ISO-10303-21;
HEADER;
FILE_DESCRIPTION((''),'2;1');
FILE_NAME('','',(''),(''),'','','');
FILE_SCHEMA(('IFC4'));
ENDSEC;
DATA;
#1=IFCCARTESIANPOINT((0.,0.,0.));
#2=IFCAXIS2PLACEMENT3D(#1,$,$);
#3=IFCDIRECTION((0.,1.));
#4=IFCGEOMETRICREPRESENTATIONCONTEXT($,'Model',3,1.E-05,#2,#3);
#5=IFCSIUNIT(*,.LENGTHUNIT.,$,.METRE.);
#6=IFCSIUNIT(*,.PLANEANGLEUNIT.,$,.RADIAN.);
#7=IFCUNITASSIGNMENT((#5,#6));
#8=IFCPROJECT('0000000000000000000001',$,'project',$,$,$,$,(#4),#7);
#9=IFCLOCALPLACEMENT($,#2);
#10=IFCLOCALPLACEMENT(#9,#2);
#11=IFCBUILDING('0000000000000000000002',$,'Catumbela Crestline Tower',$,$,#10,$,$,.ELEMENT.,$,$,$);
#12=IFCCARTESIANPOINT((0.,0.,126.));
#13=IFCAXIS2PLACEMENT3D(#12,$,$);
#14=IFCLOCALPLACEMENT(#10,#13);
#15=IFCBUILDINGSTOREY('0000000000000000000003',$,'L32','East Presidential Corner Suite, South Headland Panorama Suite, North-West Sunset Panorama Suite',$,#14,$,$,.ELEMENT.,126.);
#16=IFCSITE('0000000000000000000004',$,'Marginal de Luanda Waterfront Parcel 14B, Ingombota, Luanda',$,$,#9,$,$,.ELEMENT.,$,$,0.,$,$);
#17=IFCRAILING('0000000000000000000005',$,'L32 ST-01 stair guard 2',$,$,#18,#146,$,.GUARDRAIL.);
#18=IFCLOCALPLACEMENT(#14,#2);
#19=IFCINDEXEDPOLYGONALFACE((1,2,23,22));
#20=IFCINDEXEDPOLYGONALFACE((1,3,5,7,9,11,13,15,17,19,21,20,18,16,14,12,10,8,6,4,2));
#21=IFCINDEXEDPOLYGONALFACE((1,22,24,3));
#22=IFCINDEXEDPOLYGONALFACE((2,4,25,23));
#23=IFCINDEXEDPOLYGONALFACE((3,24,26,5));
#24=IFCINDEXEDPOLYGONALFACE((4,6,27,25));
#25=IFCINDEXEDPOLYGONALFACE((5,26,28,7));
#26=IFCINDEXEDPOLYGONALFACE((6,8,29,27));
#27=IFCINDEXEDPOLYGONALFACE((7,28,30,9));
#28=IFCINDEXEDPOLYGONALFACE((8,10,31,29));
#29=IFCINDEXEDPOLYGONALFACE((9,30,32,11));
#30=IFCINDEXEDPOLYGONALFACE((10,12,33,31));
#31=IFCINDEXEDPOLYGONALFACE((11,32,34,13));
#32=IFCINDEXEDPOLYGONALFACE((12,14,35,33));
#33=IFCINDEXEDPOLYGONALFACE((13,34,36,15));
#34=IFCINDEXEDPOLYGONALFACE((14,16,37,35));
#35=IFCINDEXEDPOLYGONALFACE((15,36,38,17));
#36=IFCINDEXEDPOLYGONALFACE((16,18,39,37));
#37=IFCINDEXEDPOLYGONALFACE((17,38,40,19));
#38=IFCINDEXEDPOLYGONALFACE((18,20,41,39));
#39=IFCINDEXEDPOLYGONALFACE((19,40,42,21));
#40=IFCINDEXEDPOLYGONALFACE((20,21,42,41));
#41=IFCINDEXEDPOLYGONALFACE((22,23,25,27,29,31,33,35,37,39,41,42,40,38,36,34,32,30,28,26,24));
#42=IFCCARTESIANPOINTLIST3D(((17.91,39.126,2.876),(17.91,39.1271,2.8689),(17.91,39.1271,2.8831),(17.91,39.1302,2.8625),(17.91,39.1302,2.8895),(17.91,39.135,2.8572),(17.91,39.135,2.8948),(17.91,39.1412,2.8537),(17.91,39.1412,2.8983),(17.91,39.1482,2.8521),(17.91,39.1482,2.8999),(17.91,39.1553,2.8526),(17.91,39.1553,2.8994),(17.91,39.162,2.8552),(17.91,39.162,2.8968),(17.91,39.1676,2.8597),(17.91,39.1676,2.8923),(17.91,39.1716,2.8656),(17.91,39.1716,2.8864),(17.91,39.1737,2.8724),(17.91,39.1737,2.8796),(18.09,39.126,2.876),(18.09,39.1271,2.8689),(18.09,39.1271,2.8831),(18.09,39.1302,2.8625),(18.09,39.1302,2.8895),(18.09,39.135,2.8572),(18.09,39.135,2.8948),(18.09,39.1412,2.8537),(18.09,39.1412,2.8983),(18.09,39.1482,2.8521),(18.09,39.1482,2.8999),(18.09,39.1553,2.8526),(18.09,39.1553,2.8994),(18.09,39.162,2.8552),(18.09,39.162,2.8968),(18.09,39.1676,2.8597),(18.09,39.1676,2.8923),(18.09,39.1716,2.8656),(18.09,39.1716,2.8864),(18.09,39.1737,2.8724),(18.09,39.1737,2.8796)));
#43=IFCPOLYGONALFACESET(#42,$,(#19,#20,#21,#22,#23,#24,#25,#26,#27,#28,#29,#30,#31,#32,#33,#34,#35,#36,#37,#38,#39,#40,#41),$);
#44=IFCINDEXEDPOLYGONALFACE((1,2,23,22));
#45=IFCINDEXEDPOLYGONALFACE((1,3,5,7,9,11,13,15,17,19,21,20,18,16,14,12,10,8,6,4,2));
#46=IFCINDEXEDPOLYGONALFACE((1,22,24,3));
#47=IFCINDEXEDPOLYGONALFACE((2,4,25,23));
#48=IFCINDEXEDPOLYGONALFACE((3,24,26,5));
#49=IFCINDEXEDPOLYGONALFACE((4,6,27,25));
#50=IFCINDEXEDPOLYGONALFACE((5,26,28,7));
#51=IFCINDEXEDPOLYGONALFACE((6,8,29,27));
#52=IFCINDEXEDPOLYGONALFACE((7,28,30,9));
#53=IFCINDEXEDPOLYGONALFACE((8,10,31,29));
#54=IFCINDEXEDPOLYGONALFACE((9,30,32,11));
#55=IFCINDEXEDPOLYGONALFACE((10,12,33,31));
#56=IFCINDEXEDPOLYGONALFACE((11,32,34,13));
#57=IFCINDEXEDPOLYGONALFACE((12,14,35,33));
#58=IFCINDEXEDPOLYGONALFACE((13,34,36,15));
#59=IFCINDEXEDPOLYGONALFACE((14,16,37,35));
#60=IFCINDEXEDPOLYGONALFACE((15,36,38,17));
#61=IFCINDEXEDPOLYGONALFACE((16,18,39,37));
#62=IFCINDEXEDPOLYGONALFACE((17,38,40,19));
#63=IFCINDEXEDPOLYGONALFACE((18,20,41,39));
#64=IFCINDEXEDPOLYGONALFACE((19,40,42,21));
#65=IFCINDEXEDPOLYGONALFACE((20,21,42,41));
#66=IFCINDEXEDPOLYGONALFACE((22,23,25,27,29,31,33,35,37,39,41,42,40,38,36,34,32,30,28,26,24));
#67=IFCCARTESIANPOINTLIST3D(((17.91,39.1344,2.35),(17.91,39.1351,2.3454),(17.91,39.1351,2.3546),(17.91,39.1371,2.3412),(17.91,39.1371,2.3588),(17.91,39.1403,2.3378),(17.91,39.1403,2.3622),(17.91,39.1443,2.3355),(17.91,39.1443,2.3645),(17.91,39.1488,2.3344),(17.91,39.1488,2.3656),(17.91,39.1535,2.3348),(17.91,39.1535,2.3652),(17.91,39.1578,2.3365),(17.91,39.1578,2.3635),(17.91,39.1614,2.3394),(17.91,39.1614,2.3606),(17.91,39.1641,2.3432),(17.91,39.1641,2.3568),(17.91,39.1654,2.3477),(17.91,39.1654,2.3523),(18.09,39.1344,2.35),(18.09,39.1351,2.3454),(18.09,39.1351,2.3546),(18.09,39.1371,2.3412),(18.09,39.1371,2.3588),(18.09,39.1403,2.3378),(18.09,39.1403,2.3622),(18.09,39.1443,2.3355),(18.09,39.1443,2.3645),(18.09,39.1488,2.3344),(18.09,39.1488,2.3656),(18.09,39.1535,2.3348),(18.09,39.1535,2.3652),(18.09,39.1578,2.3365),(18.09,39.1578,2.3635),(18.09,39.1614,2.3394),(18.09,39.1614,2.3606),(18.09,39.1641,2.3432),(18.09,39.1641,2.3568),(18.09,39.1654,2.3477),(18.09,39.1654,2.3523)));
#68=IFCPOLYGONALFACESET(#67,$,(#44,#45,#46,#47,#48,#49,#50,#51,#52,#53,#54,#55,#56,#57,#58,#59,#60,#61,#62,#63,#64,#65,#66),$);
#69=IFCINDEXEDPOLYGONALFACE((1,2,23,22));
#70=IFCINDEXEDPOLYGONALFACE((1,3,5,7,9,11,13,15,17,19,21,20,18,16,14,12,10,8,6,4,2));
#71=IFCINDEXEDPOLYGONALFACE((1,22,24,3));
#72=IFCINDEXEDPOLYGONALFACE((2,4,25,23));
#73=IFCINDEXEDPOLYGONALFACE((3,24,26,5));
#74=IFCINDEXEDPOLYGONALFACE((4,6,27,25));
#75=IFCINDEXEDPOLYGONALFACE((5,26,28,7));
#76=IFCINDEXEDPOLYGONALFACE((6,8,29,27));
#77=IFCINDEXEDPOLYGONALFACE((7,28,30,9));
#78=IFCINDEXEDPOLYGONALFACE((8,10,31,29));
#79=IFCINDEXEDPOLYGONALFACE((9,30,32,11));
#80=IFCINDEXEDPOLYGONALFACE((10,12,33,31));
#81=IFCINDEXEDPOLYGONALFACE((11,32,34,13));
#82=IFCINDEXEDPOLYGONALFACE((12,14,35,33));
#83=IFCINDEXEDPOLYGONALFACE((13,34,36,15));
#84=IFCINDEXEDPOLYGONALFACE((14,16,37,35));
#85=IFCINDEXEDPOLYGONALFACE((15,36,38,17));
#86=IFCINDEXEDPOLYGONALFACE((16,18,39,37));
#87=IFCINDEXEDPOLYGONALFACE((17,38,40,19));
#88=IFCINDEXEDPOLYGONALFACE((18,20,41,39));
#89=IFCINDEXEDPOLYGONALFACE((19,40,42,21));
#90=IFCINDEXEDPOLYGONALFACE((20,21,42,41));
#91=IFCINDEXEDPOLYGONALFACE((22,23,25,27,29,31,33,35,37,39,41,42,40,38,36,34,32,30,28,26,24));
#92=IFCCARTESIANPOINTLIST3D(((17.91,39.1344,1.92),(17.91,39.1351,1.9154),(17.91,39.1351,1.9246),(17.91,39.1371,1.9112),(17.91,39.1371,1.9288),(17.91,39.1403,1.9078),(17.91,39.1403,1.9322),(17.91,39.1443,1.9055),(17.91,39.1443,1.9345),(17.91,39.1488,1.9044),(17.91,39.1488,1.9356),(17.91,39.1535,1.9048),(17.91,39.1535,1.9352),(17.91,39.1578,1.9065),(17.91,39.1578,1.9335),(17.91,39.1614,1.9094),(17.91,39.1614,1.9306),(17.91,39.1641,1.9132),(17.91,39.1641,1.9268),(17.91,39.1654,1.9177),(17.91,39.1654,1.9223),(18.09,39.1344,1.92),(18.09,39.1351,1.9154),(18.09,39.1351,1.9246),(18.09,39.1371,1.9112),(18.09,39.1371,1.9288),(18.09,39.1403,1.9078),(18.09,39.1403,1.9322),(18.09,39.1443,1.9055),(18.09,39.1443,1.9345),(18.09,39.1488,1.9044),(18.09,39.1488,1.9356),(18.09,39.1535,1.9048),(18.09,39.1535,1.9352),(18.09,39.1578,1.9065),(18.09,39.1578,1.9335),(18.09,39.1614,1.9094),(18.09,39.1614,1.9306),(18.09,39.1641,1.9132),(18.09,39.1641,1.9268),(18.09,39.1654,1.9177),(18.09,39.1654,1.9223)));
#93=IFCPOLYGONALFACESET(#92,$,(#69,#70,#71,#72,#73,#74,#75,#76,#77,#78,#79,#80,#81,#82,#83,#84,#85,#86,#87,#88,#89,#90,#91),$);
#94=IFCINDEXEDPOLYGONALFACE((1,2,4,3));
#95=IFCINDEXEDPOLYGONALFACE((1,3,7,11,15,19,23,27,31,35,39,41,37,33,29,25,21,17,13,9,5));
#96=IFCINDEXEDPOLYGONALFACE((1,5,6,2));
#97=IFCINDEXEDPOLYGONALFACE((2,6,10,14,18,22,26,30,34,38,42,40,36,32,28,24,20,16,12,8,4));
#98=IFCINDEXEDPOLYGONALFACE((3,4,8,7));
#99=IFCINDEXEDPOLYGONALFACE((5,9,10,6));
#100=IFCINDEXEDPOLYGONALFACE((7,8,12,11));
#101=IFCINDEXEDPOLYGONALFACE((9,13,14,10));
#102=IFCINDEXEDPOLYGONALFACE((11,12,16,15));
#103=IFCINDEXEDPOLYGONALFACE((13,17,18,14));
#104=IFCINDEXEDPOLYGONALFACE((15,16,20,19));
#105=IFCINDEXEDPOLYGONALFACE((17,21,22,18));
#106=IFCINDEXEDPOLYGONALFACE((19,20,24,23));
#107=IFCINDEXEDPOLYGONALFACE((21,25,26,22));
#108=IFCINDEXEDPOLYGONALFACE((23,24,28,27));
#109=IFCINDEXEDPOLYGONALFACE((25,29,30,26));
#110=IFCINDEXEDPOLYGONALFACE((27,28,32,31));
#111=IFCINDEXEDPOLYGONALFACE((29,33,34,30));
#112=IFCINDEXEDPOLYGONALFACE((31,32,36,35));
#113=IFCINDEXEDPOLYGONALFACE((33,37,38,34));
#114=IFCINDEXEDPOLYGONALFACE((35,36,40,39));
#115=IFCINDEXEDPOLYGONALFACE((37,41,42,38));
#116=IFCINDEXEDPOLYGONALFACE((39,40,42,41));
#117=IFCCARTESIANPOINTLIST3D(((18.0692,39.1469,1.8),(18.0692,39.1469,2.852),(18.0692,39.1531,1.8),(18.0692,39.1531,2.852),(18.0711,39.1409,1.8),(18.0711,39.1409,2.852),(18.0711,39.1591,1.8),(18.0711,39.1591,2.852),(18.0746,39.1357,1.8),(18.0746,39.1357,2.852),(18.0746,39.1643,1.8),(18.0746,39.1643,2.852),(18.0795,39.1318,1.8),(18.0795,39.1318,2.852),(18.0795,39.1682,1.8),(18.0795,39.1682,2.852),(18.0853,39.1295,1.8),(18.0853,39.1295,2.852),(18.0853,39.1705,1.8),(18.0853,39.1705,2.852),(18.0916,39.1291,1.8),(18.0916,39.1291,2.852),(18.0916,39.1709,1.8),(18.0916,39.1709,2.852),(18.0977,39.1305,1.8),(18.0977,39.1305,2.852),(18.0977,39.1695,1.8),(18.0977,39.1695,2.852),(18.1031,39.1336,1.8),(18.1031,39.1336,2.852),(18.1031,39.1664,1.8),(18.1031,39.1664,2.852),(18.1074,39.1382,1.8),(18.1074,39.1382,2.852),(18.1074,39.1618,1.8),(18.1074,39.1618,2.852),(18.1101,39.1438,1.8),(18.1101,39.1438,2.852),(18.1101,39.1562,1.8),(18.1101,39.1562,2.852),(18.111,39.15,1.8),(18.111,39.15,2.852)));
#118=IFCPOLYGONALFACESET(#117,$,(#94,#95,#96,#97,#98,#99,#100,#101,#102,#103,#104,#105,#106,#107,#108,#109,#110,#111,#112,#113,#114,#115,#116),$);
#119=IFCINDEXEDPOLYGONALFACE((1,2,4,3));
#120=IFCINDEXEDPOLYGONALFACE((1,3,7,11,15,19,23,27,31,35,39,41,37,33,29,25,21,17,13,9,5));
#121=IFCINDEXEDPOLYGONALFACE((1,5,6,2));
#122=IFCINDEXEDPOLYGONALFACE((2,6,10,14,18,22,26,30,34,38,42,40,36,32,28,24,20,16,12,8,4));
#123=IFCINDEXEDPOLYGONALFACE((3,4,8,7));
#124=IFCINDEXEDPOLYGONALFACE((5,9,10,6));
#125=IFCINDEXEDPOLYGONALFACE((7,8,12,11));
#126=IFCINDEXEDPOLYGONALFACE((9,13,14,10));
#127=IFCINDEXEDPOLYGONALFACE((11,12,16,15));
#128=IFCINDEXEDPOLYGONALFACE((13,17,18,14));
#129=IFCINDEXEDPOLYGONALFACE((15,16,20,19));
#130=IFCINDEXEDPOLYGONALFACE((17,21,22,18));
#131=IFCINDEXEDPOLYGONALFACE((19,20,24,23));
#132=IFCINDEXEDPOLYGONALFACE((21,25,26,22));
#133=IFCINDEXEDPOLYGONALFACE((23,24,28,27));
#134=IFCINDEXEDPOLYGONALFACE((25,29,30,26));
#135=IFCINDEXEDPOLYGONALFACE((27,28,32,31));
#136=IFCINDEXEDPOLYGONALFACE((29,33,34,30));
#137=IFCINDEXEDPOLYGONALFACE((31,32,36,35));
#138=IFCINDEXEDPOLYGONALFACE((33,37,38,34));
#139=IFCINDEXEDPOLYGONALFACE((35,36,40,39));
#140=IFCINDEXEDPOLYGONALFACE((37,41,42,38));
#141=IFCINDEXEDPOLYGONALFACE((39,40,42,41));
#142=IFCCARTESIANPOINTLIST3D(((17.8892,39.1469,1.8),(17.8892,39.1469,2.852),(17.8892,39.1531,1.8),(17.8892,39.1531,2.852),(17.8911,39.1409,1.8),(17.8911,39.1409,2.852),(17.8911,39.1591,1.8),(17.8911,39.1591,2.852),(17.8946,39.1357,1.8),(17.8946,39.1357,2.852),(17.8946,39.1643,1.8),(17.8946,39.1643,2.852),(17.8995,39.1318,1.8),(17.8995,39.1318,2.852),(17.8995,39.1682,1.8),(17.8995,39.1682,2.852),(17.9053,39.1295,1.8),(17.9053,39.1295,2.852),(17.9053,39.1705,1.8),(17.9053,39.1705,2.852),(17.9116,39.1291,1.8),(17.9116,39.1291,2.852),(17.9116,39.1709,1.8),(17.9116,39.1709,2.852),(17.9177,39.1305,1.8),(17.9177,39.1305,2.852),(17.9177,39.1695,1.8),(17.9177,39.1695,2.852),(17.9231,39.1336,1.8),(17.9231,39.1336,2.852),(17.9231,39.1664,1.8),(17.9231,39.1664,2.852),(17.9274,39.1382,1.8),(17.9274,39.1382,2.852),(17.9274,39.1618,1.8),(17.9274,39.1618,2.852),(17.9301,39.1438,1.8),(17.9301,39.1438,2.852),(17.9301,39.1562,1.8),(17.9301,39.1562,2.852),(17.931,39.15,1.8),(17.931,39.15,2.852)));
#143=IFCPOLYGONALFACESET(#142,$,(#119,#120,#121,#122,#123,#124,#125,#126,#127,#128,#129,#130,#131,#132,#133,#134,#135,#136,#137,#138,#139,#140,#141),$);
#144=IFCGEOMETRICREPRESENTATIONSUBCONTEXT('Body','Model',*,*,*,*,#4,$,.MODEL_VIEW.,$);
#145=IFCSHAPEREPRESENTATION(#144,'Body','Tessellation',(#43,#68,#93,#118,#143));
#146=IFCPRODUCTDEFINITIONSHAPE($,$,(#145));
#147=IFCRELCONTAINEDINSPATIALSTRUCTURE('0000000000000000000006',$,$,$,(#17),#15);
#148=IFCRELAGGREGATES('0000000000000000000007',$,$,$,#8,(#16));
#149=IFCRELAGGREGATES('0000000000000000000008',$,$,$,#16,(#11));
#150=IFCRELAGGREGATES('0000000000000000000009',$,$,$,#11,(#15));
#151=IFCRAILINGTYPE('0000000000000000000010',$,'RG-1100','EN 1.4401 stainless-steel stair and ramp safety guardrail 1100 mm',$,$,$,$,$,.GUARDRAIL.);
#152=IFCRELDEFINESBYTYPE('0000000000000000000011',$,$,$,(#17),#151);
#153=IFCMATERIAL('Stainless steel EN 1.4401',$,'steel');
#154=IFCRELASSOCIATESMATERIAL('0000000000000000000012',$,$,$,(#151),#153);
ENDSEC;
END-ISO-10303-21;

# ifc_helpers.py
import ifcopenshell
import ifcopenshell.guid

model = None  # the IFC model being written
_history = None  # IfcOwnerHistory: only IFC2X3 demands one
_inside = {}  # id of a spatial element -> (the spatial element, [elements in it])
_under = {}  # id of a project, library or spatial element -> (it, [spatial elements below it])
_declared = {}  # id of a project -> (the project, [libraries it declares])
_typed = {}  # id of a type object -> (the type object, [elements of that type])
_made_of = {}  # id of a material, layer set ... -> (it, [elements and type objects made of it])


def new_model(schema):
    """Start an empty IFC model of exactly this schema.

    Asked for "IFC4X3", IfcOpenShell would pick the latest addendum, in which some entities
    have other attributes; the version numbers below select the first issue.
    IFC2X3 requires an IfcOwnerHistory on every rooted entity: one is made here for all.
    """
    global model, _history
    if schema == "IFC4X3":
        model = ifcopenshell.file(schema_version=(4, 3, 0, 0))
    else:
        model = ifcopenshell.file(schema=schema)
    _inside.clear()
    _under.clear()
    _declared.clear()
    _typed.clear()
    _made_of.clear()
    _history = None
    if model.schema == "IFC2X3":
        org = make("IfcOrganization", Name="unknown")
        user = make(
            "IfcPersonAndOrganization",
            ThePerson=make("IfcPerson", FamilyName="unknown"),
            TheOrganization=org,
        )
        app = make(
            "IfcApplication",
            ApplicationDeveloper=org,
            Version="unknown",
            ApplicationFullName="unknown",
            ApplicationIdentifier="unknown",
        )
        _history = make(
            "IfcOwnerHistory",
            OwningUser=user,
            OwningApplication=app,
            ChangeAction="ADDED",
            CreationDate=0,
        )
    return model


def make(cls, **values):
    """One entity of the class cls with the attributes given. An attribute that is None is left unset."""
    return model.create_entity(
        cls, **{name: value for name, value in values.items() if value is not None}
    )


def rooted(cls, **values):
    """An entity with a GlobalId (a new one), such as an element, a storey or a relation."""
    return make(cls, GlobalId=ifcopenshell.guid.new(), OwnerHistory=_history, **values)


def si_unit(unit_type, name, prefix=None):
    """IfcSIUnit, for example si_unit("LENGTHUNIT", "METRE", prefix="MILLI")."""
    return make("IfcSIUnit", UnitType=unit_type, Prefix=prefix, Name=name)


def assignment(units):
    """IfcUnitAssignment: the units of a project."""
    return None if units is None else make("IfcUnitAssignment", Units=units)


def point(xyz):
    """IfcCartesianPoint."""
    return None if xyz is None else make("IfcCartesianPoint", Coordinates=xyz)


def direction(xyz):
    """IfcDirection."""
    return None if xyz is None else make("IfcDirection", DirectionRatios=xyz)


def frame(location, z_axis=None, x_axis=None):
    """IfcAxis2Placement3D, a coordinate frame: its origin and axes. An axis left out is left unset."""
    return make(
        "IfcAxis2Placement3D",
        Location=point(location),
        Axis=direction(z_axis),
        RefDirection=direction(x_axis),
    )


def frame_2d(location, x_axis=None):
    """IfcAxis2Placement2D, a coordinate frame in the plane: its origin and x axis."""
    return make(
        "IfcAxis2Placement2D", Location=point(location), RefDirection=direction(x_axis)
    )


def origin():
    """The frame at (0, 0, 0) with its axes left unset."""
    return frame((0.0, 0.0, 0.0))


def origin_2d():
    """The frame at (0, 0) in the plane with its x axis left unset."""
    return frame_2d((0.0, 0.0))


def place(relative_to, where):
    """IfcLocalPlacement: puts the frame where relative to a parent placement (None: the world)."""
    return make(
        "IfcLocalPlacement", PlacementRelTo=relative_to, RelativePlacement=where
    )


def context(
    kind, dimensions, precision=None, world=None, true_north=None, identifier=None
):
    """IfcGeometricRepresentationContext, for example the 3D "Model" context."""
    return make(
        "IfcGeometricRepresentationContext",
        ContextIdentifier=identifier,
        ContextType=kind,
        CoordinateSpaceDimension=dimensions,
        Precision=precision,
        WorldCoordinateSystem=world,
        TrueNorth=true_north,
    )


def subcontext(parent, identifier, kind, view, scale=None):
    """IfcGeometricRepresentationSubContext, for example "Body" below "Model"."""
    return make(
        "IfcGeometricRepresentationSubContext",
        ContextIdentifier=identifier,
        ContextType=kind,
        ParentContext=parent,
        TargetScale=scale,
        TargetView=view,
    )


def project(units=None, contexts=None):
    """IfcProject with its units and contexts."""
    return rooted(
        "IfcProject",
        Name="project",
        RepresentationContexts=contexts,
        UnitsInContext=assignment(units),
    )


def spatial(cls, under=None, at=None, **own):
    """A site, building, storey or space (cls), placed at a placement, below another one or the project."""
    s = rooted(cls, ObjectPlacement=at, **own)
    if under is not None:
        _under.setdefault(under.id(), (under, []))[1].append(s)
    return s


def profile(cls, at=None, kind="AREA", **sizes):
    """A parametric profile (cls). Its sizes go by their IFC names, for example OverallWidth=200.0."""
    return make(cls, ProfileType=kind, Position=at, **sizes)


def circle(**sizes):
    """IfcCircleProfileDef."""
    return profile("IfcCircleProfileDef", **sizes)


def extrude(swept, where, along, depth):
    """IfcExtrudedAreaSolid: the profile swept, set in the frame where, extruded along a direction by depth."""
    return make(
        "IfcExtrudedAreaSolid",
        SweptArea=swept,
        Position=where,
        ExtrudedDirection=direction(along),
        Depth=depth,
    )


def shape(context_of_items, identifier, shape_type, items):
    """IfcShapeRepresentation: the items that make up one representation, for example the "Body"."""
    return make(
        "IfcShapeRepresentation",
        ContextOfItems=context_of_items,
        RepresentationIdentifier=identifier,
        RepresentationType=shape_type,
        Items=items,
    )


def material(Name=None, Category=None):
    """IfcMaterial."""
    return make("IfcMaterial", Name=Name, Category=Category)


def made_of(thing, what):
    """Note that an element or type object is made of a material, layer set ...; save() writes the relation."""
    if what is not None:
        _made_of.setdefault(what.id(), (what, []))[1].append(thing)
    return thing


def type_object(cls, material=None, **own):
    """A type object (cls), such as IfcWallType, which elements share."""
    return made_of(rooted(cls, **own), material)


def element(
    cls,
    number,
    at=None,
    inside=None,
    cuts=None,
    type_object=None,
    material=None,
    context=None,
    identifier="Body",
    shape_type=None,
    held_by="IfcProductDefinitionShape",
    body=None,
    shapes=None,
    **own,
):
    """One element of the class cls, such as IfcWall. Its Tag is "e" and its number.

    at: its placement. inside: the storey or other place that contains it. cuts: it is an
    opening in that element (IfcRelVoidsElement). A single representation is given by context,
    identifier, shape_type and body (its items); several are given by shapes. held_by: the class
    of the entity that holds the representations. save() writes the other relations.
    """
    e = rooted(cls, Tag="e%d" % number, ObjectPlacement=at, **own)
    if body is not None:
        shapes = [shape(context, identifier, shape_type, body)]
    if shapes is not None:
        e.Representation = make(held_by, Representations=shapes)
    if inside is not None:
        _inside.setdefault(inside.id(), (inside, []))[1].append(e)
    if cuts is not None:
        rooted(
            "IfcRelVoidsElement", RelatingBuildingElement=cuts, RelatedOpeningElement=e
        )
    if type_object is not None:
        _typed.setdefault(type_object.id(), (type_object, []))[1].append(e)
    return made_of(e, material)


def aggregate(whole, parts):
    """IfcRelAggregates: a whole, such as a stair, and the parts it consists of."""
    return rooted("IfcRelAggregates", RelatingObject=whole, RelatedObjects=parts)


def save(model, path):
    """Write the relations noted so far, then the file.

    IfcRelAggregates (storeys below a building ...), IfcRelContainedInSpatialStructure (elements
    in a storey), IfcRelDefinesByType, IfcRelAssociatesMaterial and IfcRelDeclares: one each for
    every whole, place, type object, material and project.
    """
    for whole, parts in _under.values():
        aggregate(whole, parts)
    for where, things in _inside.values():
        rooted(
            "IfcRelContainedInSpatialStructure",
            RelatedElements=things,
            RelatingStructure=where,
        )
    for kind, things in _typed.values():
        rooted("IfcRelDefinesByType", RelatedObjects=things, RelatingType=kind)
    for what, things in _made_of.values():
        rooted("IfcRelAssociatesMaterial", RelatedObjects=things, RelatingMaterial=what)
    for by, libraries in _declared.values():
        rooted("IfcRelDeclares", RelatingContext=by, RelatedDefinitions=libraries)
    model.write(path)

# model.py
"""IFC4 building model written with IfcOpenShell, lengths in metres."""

from ifc_helpers import new_model, si_unit, direction, frame, origin, origin_2d, place, context, subcontext, project, spatial, circle, extrude, material, type_object, element, save


model = new_model("IFC4")

# Units and contexts
model_context = context("Model", 3, precision=1e-05, world=origin(), true_north=direction((0.0, 1.0)))
body_context = subcontext(model_context, "Body", "Model", "MODEL_VIEW")
ifc_project = project(units=[si_unit("LENGTHUNIT", "METRE"), si_unit("PLANEANGLEUNIT", "RADIAN")], contexts=[model_context])

# Site, building, storey
site_placement = place(None, origin())
site = spatial("IfcSite", under=ifc_project, at=site_placement, Name="Marginal de Luanda Waterfront Parcel 14B, Ingombota, Luanda", CompositionType="ELEMENT", RefElevation=0.0)
building_placement = place(site_placement, origin())
building = spatial("IfcBuilding", under=site, at=building_placement, Name="Catumbela Crestline Tower", CompositionType="ELEMENT")
storey_placement = place(building_placement, frame((0.0, 0.0, 126.0)))
storey = spatial("IfcBuildingStorey", under=building, at=storey_placement, Name="L32", Description="East Presidential Corner Suite, South Headland Panorama Suite, North-West Sunset Panorama Suite", CompositionType="ELEMENT", Elevation=126.0)

# Railing
ifc_material_1 = material(Name="Stainless steel EN 1.4401", Category="steel")
railing_type_1 = type_object("IfcRailingType", Name="RG-1100", Description="EN 1.4401 stainless-steel stair and ramp safety guardrail 1100 mm", PredefinedType="GUARDRAIL", material=ifc_material_1)
railing_1_placement = place(storey_placement, frame((18.09, 39.15, 1.8)))
element("IfcRailing", 1, at=railing_1_placement, inside=storey, type_object=railing_type_1, Name="L32 ST-01 stair guard 2", PredefinedType="GUARDRAIL", context=body_context, shape_type="SweptSolid", body=[
    extrude(circle(Radius=0.024, at=origin_2d()), frame((0.0, 0.0, 1.076), z_axis=(-1.0, 0.0, 0.0), x_axis=(0.0, -1.0, 0.0)), (0.0, 0.0, 1.0), 0.18),
    extrude(circle(Radius=0.0156, at=origin_2d()), frame((0.0, 0.0, 0.55), z_axis=(-1.0, 0.0, 0.0), x_axis=(0.0, -1.0, 0.0)), (0.0, 0.0, 1.0), 0.18),
    extrude(circle(Radius=0.0156, at=origin_2d()), frame((0.0, 0.0, 0.12), z_axis=(-1.0, 0.0, 0.0), x_axis=(0.0, -1.0, 0.0)), (0.0, 0.0, 1.0), 0.18),
    extrude(circle(Radius=0.021, at=origin_2d()), origin(), (0.0, 0.0, 1.0), 1.052),
    extrude(circle(Radius=0.021, at=origin_2d()), frame((-0.18, 0.0, 0.0)), (0.0, 0.0, 1.0), 1.052),
])

save(model, "model.ifc")
